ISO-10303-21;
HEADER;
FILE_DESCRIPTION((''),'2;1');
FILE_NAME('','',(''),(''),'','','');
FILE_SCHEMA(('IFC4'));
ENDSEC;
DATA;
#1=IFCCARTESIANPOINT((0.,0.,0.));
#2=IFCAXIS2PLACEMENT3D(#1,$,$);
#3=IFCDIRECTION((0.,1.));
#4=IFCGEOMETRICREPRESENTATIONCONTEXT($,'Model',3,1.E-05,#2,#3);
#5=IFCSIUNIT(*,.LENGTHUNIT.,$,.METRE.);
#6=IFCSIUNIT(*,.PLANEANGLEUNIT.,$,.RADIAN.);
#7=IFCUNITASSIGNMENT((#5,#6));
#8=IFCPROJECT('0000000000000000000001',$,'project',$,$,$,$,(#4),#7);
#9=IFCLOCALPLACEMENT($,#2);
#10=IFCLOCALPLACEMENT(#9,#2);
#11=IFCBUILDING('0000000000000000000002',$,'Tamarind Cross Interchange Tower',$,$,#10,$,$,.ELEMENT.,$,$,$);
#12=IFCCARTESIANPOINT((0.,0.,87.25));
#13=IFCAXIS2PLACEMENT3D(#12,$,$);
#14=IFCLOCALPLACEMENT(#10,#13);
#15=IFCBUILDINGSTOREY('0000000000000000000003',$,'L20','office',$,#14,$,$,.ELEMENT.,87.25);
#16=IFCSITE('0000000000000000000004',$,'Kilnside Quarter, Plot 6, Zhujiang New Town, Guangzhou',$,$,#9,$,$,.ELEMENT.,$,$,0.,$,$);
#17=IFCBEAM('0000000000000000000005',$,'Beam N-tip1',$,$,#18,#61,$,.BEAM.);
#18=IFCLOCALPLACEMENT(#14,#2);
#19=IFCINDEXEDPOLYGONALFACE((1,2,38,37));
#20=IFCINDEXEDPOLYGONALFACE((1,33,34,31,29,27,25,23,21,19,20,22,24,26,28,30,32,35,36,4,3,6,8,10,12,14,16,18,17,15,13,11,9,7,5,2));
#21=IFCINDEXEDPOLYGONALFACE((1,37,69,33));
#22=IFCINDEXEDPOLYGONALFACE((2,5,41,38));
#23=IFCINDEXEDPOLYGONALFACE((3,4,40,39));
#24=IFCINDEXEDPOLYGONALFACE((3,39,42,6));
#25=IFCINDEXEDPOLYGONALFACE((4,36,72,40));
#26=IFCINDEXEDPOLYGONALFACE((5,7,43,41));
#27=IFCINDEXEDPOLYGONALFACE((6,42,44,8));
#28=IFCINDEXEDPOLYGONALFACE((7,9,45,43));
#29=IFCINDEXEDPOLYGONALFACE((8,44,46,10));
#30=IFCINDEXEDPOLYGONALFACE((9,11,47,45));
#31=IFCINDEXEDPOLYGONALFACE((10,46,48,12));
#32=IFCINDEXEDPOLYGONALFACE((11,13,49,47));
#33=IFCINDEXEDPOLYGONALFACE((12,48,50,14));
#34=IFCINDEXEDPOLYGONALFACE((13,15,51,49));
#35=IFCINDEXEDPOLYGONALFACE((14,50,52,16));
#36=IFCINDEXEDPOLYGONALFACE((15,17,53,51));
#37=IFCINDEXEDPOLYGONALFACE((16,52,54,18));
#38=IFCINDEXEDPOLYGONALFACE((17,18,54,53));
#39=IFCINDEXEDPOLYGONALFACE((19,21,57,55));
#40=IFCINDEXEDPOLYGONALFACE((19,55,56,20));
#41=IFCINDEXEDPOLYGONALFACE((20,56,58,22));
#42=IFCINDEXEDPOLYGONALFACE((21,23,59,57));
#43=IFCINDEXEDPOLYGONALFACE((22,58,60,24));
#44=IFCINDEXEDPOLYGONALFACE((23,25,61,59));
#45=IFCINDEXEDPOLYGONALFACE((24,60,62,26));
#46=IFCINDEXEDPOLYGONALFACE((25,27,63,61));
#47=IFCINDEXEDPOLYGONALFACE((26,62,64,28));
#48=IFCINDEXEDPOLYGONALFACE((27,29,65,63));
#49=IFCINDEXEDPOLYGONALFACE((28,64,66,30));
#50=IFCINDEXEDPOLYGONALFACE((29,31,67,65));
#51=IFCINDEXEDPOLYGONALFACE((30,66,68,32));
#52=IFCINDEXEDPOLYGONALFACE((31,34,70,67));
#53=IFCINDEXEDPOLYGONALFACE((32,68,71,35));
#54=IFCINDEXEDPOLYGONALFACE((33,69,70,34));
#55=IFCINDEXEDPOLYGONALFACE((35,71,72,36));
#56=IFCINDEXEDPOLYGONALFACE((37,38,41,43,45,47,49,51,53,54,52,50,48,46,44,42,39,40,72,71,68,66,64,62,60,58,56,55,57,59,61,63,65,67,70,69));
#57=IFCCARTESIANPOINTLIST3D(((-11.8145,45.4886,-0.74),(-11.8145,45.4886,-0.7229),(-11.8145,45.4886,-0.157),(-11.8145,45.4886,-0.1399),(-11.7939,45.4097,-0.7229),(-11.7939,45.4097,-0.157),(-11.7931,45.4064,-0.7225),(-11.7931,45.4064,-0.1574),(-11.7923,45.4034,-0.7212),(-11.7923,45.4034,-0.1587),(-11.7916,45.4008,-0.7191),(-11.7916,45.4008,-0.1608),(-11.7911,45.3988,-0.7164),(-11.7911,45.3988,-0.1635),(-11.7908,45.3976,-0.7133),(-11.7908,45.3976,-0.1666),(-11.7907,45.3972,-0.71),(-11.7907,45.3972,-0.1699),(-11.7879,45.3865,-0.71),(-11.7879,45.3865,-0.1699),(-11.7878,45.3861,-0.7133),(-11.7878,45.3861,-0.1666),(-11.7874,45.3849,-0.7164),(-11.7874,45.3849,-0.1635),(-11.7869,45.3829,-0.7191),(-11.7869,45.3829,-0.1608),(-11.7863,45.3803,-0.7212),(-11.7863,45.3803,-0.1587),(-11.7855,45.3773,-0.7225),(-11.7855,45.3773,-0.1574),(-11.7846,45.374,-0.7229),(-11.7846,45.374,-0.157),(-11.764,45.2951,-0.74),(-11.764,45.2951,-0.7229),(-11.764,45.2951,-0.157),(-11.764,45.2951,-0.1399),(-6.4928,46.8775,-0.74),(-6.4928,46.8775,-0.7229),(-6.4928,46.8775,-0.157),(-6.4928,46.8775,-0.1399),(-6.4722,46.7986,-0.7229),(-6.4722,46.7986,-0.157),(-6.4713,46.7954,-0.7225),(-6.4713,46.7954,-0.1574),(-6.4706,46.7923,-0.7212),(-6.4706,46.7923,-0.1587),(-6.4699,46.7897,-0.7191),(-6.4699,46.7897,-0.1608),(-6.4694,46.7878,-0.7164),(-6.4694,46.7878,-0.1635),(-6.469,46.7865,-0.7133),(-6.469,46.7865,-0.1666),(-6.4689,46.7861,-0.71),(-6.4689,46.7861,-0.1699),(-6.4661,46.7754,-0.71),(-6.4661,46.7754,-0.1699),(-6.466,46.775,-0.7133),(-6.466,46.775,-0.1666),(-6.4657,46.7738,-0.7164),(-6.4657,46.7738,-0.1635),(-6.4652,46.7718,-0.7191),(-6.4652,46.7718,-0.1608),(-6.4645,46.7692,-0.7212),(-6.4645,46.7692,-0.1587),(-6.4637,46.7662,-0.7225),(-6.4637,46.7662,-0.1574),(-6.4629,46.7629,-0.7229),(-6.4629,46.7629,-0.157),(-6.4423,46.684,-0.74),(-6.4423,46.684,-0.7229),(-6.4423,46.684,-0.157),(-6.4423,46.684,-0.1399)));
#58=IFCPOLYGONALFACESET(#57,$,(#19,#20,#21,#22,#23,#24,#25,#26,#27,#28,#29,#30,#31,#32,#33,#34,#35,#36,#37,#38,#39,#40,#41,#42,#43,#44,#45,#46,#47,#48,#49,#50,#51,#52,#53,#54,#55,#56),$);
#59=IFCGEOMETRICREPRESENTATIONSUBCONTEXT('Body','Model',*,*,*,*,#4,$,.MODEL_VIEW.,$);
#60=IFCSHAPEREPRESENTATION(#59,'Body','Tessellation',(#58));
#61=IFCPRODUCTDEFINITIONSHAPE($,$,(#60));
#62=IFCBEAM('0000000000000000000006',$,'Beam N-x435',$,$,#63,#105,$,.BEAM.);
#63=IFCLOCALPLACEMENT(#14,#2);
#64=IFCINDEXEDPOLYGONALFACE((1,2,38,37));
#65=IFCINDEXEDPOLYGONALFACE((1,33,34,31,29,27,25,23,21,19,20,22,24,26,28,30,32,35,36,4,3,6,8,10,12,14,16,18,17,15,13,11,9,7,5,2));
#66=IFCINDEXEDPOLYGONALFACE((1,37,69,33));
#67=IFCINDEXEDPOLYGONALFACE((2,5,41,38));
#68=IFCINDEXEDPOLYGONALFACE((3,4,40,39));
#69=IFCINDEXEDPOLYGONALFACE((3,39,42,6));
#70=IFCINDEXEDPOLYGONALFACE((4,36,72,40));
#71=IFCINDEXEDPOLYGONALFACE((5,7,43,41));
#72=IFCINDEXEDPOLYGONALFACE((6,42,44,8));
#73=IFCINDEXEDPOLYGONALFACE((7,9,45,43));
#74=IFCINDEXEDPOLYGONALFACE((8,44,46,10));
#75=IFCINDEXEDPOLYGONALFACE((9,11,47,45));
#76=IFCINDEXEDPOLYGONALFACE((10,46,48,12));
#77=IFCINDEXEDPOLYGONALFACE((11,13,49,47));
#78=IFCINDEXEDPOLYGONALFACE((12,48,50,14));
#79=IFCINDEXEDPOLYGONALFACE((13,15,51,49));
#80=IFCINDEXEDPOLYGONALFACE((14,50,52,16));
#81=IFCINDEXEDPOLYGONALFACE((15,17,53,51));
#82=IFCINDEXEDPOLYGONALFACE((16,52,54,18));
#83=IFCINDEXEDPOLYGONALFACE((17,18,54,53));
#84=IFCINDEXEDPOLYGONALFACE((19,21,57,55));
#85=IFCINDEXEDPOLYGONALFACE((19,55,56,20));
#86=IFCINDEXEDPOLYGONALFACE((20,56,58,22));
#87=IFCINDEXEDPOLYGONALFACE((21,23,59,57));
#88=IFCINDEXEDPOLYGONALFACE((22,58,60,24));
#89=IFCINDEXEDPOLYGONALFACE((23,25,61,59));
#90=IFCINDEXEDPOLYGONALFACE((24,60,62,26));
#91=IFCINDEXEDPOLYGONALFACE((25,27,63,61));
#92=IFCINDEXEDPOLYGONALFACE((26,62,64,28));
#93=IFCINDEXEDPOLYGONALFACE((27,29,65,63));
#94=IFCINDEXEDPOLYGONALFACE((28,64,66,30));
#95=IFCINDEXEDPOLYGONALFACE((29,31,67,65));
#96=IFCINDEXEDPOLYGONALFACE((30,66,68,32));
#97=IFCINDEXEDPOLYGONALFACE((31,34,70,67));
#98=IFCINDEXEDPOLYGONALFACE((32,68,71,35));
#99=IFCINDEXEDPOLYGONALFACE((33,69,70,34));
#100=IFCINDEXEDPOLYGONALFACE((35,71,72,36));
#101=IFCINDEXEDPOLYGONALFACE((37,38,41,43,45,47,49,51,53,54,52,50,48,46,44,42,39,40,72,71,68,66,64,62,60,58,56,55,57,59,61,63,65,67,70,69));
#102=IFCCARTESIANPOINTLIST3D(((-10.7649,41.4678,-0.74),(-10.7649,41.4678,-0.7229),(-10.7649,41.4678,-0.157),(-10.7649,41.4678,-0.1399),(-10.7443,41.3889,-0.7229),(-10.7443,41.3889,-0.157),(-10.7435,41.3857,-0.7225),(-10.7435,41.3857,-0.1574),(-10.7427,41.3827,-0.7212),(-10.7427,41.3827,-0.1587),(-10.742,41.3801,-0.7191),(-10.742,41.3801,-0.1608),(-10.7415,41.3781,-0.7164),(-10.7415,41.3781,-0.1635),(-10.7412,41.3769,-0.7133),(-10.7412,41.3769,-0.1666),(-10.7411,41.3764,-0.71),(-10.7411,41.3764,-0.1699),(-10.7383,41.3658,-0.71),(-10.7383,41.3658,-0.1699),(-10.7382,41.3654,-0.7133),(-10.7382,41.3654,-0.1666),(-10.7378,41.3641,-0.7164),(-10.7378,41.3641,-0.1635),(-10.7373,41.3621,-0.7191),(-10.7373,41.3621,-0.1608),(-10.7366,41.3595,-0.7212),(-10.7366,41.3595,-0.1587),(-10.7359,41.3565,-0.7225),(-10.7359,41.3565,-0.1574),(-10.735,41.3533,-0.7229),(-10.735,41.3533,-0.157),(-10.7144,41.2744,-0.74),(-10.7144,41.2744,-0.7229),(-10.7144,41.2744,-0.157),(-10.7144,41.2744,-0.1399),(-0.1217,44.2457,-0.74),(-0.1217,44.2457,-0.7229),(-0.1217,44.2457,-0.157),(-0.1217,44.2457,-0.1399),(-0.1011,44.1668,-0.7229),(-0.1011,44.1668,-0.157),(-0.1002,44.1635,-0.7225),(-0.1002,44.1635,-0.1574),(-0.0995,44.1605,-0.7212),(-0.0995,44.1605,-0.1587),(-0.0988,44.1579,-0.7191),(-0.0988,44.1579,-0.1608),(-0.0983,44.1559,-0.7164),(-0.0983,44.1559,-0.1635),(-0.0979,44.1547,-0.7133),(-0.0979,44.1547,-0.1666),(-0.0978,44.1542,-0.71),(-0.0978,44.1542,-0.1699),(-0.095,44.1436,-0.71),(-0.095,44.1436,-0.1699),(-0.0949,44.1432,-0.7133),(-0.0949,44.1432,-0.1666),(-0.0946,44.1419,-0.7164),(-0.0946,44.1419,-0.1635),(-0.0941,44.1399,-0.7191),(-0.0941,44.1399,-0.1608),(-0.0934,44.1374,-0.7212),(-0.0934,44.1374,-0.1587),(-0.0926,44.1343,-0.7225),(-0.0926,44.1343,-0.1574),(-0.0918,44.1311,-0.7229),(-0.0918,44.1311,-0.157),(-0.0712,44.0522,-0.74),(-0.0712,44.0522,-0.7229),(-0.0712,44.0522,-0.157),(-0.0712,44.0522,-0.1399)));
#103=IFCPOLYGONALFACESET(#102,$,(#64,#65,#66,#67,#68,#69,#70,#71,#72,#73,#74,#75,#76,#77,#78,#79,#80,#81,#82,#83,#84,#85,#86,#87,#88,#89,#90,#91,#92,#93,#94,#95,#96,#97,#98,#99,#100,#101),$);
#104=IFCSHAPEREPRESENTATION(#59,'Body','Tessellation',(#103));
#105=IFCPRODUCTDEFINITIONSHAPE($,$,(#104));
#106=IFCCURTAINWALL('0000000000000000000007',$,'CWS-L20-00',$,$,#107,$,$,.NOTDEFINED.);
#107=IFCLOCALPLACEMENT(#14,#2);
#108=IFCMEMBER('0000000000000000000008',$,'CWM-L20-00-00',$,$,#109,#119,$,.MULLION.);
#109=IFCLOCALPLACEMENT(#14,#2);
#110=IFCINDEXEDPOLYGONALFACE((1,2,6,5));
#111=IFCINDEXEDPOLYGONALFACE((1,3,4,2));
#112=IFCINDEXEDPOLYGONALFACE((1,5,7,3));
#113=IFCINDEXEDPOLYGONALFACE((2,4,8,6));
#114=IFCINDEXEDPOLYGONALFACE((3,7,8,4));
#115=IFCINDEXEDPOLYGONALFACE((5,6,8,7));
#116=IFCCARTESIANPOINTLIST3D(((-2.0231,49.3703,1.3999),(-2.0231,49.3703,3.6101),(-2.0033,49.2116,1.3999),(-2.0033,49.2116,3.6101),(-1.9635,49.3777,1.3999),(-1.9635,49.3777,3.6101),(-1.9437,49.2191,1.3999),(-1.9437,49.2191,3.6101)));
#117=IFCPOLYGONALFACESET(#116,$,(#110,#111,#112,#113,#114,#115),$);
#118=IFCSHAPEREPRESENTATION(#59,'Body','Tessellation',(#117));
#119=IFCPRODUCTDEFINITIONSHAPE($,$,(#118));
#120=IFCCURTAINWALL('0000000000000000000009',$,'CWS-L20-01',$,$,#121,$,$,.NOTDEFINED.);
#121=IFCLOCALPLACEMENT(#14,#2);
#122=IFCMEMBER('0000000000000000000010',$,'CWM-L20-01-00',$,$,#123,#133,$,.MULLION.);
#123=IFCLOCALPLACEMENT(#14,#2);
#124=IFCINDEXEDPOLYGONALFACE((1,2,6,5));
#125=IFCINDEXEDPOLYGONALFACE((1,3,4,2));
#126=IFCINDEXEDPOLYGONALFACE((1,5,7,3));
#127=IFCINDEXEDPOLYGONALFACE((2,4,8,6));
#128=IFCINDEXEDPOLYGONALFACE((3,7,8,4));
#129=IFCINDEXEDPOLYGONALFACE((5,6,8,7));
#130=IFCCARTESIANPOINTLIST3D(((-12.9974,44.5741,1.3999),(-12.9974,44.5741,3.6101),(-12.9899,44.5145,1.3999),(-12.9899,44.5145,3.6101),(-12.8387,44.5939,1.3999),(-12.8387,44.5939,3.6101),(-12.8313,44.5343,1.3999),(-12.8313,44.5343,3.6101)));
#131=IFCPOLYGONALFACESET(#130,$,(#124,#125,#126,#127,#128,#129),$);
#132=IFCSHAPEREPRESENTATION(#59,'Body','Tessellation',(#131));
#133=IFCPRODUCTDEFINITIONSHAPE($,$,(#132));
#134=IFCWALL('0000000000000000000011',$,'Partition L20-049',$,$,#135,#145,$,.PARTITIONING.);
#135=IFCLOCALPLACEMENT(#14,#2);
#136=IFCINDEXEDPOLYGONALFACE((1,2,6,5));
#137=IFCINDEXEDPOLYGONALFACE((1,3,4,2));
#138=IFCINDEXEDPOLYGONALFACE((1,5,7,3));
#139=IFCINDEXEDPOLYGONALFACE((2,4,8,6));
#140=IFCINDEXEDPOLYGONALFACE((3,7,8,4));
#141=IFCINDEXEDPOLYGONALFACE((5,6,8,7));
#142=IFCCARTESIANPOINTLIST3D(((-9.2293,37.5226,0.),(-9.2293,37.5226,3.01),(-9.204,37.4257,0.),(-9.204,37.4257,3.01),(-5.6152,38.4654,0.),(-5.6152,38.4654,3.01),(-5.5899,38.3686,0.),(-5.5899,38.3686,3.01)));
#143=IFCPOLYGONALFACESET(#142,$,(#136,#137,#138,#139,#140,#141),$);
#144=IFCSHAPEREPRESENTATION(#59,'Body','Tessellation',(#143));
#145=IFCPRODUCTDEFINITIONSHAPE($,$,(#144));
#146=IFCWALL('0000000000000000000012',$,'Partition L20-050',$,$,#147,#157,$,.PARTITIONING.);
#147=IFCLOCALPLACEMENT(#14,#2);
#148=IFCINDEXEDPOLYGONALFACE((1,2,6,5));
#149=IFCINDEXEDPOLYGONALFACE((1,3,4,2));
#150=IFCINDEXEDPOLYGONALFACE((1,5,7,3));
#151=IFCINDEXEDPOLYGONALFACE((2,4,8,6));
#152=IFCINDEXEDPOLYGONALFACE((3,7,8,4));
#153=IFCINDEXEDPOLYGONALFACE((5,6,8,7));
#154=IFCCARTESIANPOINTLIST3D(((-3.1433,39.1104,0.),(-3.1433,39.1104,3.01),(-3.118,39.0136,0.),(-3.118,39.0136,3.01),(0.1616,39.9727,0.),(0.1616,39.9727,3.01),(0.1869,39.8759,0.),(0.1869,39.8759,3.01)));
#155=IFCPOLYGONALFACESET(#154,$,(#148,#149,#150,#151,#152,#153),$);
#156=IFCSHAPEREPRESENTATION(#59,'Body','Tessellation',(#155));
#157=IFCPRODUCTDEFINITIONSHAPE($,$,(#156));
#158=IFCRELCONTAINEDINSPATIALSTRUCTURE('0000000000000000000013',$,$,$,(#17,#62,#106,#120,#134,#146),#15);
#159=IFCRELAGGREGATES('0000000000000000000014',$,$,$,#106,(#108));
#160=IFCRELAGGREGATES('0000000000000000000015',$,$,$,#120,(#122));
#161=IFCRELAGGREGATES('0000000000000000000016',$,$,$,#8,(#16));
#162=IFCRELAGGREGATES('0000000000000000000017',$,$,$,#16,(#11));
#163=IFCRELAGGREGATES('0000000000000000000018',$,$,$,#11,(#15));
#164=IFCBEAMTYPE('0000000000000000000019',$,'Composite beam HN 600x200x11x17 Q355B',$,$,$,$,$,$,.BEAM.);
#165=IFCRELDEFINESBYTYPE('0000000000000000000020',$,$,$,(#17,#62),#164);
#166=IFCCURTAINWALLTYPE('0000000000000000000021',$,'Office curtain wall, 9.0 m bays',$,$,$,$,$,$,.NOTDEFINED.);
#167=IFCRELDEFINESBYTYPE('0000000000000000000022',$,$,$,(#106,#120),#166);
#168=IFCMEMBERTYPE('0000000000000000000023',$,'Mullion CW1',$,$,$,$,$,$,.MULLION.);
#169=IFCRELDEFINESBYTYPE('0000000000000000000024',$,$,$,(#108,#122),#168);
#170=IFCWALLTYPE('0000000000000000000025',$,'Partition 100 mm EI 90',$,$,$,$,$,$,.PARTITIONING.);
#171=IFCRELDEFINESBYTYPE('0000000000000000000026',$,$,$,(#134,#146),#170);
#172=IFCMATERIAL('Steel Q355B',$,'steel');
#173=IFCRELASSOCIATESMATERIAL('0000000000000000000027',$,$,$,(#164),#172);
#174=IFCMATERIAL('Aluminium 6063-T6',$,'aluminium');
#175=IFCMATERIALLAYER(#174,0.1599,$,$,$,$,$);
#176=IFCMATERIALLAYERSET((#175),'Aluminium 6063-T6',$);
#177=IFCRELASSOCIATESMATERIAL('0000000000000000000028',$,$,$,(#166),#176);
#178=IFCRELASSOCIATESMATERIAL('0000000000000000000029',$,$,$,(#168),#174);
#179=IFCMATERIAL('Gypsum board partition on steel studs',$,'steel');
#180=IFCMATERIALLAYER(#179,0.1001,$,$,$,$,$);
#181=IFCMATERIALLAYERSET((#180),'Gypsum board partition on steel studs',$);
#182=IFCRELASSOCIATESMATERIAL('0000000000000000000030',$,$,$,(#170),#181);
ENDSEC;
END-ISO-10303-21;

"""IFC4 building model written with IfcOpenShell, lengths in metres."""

from ifc_helpers import new_model, si_unit, direction, frame, frame_2d, origin, origin_2d, place, context, subcontext, project, spatial, rectangle, i_section, extrude, material, layer, layer_set, material_profile, profile_set, type_object, element, aggregate, save


model = new_model("IFC4")

# Units and contexts
model_context = context("Model", 3, precision=1e-05, world=origin(), true_north=direction((0.0, 1.0)))
body_context = subcontext(model_context, "Body", "Model", "MODEL_VIEW")
ifc_project = project(units=[si_unit("LENGTHUNIT", "METRE"), si_unit("PLANEANGLEUNIT", "RADIAN")], contexts=[model_context])

# Site, building, storey
site_placement = place(None, origin())
site = spatial("IfcSite", under=ifc_project, at=site_placement, Name="Kilnside Quarter, Plot 6, Zhujiang New Town, Guangzhou", CompositionType="ELEMENT", RefElevation=0.0)
building_placement = place(site_placement, origin())
building = spatial("IfcBuilding", under=site, at=building_placement, Name="Tamarind Cross Interchange Tower", CompositionType="ELEMENT")
storey_placement = place(building_placement, frame((0.0, 0.0, 87.25)))
storey = spatial("IfcBuildingStorey", under=building, at=storey_placement, Name="L20", Description="office", CompositionType="ELEMENT", Elevation=87.25)

# Beams
ifc_material_1 = material(Name="Steel Q355B", Category="steel")
ifc_material_profile_1 = material_profile(ifc_material_1, i_section(OverallWidth=0.2, OverallDepth=0.6001, WebThickness=0.011, FlangeThickness=0.0171, FilletRadius=0.0129, at=origin_2d()), Name="HN 600x200x11x17")
ifc_profile_set_1 = profile_set([ifc_material_profile_1], Name="Steel Q355B")
beam_type_1 = type_object("IfcBeamType", Name="Composite beam HN 600x200x11x17 Q355B", PredefinedType="BEAM", material=ifc_profile_set_1)
for number, where, z_axis, x_axis, name in (
    (1, (-6.4675, 46.7808, -0.4399), (-0.967589, -0.252529, 0.0), (0.252529, -0.967589, 0.0), "Beam N-tip1"),
):
    element("IfcBeam", number, at=place(storey_placement, frame(where, z_axis=z_axis, x_axis=x_axis)), inside=storey, type_object=beam_type_1, Name=name, PredefinedType="BEAM", context=body_context, shape_type="SweptSolid", body=[
        extrude(i_section(OverallWidth=0.2, OverallDepth=0.6001, WebThickness=0.011, FlangeThickness=0.0171, FilletRadius=0.0129, at=origin_2d()), origin(), (0.0, 0.0, 1.0), 5.5),
    ])
beam_placement = place(storey_placement, frame((-0.0964, 44.1489, -0.4399), z_axis=(-0.967588, -0.252534, 0.0), x_axis=(0.252534, -0.967588, 0.0)))
element("IfcBeam", 2, at=beam_placement, inside=storey, type_object=beam_type_1, Name="Beam N-x435", PredefinedType="BEAM", context=body_context, shape_type="SweptSolid", body=[
    extrude(i_section(OverallWidth=0.2, OverallDepth=0.6001, WebThickness=0.011, FlangeThickness=0.0171, FilletRadius=0.0129, at=origin_2d()), origin(), (0.0, 0.0, 1.0), 10.9998),
])

# Curtain walls, members
ifc_material_2 = material(Name="Aluminium 6063-T6", Category="aluminium")
ifc_layer_1 = layer(ifc_material_2, 0.1599)
ifc_layer_set_1 = layer_set([ifc_layer_1], Name="Aluminium 6063-T6")
curtain_wall_type = type_object("IfcCurtainWallType", Name="Office curtain wall, 9.0 m bays", PredefinedType="NOTDEFINED", material=ifc_layer_set_1)
curtain_wall_1_placement = place(storey_placement, origin())
curtain_wall_1 = element("IfcCurtainWall", 3, at=curtain_wall_1_placement, inside=storey, type_object=curtain_wall_type, Name="CWS-L20-00", PredefinedType="NOTDEFINED")
ifc_material_profile_2 = material_profile(ifc_material_2, rectangle(XDim=0.0601, YDim=0.1599, at=origin_2d()), Name="Mullion CW1")
ifc_profile_set_2 = profile_set([ifc_material_profile_2], Name="Aluminium 6063-T6")
member_type = type_object("IfcMemberType", Name="Mullion CW1", PredefinedType="MULLION", material=ifc_profile_set_2)
member_1_placement = place(storey_placement, frame((-1.9834, 49.2947, 1.3999), z_axis=(0.0, 0.0, 1.0), x_axis=(-0.992273, -0.124073, 0.0)))
member_1 = element("IfcMember", 4, at=member_1_placement, type_object=member_type, Name="CWM-L20-00-00", PredefinedType="MULLION", context=body_context, shape_type="SweptSolid", body=[
    extrude(rectangle(XDim=0.0601, YDim=0.1599, at=origin_2d()), origin(), (0.0, 0.0, 1.0), 2.2102),
])
aggregate(curtain_wall_1, [member_1])
curtain_wall_2_placement = place(storey_placement, origin())
curtain_wall_2 = element("IfcCurtainWall", 5, at=curtain_wall_2_placement, inside=storey, type_object=curtain_wall_type, Name="CWS-L20-01", PredefinedType="NOTDEFINED")
member_2_placement = place(storey_placement, frame((-12.9143, 44.5542, 1.3999), z_axis=(0.0, 0.0, 1.0), x_axis=(0.123426, -0.992354, 0.0)))
member_2 = element("IfcMember", 6, at=member_2_placement, type_object=member_type, Name="CWM-L20-01-00", PredefinedType="MULLION", context=body_context, shape_type="SweptSolid", body=[
    extrude(rectangle(XDim=0.0601, YDim=0.1599, at=origin_2d()), origin(), (0.0, 0.0, 1.0), 2.2102),
])
aggregate(curtain_wall_2, [member_2])

# Walls
ifc_material_3 = material(Name="Gypsum board partition on steel studs", Category="steel")
ifc_layer_2 = layer(ifc_material_3, 0.1001)
ifc_layer_set_2 = layer_set([ifc_layer_2], Name="Gypsum board partition on steel studs")
wall_type_1 = type_object("IfcWallType", Name="Partition 100 mm EI 90", PredefinedType="PARTITIONING", material=ifc_layer_set_2)
wall_1_placement = place(storey_placement, frame((-9.2168, 37.4741, 0.0), z_axis=(0.0, 0.0, 1.0), x_axis=(0.967616, 0.252427, 0.0)))
element("IfcWall", 7, at=wall_1_placement, inside=storey, type_object=wall_type_1, Name="Partition L20-049", PredefinedType="PARTITIONING", context=body_context, shape_type="SweptSolid", body=[
    extrude(rectangle(XDim=3.7351, YDim=0.1001, at=frame_2d((1.8677, 0.0))), origin(), (0.0, 0.0, 1.0), 3.01),
])
wall_2_placement = place(storey_placement, frame((-3.1306, 39.062, 0.0), z_axis=(0.0, 0.0, 1.0), x_axis=(0.967607, 0.252463, 0.0)))
element("IfcWall", 8, at=wall_2_placement, inside=storey, type_object=wall_type_1, Name="Partition L20-050", PredefinedType="PARTITIONING", context=body_context, shape_type="SweptSolid", body=[
    extrude(rectangle(XDim=3.4155, YDim=0.1001, at=frame_2d((1.7078, 0.0))), origin(), (0.0, 0.0, 1.0), 3.01),
])

save(model, "model.ifc")
